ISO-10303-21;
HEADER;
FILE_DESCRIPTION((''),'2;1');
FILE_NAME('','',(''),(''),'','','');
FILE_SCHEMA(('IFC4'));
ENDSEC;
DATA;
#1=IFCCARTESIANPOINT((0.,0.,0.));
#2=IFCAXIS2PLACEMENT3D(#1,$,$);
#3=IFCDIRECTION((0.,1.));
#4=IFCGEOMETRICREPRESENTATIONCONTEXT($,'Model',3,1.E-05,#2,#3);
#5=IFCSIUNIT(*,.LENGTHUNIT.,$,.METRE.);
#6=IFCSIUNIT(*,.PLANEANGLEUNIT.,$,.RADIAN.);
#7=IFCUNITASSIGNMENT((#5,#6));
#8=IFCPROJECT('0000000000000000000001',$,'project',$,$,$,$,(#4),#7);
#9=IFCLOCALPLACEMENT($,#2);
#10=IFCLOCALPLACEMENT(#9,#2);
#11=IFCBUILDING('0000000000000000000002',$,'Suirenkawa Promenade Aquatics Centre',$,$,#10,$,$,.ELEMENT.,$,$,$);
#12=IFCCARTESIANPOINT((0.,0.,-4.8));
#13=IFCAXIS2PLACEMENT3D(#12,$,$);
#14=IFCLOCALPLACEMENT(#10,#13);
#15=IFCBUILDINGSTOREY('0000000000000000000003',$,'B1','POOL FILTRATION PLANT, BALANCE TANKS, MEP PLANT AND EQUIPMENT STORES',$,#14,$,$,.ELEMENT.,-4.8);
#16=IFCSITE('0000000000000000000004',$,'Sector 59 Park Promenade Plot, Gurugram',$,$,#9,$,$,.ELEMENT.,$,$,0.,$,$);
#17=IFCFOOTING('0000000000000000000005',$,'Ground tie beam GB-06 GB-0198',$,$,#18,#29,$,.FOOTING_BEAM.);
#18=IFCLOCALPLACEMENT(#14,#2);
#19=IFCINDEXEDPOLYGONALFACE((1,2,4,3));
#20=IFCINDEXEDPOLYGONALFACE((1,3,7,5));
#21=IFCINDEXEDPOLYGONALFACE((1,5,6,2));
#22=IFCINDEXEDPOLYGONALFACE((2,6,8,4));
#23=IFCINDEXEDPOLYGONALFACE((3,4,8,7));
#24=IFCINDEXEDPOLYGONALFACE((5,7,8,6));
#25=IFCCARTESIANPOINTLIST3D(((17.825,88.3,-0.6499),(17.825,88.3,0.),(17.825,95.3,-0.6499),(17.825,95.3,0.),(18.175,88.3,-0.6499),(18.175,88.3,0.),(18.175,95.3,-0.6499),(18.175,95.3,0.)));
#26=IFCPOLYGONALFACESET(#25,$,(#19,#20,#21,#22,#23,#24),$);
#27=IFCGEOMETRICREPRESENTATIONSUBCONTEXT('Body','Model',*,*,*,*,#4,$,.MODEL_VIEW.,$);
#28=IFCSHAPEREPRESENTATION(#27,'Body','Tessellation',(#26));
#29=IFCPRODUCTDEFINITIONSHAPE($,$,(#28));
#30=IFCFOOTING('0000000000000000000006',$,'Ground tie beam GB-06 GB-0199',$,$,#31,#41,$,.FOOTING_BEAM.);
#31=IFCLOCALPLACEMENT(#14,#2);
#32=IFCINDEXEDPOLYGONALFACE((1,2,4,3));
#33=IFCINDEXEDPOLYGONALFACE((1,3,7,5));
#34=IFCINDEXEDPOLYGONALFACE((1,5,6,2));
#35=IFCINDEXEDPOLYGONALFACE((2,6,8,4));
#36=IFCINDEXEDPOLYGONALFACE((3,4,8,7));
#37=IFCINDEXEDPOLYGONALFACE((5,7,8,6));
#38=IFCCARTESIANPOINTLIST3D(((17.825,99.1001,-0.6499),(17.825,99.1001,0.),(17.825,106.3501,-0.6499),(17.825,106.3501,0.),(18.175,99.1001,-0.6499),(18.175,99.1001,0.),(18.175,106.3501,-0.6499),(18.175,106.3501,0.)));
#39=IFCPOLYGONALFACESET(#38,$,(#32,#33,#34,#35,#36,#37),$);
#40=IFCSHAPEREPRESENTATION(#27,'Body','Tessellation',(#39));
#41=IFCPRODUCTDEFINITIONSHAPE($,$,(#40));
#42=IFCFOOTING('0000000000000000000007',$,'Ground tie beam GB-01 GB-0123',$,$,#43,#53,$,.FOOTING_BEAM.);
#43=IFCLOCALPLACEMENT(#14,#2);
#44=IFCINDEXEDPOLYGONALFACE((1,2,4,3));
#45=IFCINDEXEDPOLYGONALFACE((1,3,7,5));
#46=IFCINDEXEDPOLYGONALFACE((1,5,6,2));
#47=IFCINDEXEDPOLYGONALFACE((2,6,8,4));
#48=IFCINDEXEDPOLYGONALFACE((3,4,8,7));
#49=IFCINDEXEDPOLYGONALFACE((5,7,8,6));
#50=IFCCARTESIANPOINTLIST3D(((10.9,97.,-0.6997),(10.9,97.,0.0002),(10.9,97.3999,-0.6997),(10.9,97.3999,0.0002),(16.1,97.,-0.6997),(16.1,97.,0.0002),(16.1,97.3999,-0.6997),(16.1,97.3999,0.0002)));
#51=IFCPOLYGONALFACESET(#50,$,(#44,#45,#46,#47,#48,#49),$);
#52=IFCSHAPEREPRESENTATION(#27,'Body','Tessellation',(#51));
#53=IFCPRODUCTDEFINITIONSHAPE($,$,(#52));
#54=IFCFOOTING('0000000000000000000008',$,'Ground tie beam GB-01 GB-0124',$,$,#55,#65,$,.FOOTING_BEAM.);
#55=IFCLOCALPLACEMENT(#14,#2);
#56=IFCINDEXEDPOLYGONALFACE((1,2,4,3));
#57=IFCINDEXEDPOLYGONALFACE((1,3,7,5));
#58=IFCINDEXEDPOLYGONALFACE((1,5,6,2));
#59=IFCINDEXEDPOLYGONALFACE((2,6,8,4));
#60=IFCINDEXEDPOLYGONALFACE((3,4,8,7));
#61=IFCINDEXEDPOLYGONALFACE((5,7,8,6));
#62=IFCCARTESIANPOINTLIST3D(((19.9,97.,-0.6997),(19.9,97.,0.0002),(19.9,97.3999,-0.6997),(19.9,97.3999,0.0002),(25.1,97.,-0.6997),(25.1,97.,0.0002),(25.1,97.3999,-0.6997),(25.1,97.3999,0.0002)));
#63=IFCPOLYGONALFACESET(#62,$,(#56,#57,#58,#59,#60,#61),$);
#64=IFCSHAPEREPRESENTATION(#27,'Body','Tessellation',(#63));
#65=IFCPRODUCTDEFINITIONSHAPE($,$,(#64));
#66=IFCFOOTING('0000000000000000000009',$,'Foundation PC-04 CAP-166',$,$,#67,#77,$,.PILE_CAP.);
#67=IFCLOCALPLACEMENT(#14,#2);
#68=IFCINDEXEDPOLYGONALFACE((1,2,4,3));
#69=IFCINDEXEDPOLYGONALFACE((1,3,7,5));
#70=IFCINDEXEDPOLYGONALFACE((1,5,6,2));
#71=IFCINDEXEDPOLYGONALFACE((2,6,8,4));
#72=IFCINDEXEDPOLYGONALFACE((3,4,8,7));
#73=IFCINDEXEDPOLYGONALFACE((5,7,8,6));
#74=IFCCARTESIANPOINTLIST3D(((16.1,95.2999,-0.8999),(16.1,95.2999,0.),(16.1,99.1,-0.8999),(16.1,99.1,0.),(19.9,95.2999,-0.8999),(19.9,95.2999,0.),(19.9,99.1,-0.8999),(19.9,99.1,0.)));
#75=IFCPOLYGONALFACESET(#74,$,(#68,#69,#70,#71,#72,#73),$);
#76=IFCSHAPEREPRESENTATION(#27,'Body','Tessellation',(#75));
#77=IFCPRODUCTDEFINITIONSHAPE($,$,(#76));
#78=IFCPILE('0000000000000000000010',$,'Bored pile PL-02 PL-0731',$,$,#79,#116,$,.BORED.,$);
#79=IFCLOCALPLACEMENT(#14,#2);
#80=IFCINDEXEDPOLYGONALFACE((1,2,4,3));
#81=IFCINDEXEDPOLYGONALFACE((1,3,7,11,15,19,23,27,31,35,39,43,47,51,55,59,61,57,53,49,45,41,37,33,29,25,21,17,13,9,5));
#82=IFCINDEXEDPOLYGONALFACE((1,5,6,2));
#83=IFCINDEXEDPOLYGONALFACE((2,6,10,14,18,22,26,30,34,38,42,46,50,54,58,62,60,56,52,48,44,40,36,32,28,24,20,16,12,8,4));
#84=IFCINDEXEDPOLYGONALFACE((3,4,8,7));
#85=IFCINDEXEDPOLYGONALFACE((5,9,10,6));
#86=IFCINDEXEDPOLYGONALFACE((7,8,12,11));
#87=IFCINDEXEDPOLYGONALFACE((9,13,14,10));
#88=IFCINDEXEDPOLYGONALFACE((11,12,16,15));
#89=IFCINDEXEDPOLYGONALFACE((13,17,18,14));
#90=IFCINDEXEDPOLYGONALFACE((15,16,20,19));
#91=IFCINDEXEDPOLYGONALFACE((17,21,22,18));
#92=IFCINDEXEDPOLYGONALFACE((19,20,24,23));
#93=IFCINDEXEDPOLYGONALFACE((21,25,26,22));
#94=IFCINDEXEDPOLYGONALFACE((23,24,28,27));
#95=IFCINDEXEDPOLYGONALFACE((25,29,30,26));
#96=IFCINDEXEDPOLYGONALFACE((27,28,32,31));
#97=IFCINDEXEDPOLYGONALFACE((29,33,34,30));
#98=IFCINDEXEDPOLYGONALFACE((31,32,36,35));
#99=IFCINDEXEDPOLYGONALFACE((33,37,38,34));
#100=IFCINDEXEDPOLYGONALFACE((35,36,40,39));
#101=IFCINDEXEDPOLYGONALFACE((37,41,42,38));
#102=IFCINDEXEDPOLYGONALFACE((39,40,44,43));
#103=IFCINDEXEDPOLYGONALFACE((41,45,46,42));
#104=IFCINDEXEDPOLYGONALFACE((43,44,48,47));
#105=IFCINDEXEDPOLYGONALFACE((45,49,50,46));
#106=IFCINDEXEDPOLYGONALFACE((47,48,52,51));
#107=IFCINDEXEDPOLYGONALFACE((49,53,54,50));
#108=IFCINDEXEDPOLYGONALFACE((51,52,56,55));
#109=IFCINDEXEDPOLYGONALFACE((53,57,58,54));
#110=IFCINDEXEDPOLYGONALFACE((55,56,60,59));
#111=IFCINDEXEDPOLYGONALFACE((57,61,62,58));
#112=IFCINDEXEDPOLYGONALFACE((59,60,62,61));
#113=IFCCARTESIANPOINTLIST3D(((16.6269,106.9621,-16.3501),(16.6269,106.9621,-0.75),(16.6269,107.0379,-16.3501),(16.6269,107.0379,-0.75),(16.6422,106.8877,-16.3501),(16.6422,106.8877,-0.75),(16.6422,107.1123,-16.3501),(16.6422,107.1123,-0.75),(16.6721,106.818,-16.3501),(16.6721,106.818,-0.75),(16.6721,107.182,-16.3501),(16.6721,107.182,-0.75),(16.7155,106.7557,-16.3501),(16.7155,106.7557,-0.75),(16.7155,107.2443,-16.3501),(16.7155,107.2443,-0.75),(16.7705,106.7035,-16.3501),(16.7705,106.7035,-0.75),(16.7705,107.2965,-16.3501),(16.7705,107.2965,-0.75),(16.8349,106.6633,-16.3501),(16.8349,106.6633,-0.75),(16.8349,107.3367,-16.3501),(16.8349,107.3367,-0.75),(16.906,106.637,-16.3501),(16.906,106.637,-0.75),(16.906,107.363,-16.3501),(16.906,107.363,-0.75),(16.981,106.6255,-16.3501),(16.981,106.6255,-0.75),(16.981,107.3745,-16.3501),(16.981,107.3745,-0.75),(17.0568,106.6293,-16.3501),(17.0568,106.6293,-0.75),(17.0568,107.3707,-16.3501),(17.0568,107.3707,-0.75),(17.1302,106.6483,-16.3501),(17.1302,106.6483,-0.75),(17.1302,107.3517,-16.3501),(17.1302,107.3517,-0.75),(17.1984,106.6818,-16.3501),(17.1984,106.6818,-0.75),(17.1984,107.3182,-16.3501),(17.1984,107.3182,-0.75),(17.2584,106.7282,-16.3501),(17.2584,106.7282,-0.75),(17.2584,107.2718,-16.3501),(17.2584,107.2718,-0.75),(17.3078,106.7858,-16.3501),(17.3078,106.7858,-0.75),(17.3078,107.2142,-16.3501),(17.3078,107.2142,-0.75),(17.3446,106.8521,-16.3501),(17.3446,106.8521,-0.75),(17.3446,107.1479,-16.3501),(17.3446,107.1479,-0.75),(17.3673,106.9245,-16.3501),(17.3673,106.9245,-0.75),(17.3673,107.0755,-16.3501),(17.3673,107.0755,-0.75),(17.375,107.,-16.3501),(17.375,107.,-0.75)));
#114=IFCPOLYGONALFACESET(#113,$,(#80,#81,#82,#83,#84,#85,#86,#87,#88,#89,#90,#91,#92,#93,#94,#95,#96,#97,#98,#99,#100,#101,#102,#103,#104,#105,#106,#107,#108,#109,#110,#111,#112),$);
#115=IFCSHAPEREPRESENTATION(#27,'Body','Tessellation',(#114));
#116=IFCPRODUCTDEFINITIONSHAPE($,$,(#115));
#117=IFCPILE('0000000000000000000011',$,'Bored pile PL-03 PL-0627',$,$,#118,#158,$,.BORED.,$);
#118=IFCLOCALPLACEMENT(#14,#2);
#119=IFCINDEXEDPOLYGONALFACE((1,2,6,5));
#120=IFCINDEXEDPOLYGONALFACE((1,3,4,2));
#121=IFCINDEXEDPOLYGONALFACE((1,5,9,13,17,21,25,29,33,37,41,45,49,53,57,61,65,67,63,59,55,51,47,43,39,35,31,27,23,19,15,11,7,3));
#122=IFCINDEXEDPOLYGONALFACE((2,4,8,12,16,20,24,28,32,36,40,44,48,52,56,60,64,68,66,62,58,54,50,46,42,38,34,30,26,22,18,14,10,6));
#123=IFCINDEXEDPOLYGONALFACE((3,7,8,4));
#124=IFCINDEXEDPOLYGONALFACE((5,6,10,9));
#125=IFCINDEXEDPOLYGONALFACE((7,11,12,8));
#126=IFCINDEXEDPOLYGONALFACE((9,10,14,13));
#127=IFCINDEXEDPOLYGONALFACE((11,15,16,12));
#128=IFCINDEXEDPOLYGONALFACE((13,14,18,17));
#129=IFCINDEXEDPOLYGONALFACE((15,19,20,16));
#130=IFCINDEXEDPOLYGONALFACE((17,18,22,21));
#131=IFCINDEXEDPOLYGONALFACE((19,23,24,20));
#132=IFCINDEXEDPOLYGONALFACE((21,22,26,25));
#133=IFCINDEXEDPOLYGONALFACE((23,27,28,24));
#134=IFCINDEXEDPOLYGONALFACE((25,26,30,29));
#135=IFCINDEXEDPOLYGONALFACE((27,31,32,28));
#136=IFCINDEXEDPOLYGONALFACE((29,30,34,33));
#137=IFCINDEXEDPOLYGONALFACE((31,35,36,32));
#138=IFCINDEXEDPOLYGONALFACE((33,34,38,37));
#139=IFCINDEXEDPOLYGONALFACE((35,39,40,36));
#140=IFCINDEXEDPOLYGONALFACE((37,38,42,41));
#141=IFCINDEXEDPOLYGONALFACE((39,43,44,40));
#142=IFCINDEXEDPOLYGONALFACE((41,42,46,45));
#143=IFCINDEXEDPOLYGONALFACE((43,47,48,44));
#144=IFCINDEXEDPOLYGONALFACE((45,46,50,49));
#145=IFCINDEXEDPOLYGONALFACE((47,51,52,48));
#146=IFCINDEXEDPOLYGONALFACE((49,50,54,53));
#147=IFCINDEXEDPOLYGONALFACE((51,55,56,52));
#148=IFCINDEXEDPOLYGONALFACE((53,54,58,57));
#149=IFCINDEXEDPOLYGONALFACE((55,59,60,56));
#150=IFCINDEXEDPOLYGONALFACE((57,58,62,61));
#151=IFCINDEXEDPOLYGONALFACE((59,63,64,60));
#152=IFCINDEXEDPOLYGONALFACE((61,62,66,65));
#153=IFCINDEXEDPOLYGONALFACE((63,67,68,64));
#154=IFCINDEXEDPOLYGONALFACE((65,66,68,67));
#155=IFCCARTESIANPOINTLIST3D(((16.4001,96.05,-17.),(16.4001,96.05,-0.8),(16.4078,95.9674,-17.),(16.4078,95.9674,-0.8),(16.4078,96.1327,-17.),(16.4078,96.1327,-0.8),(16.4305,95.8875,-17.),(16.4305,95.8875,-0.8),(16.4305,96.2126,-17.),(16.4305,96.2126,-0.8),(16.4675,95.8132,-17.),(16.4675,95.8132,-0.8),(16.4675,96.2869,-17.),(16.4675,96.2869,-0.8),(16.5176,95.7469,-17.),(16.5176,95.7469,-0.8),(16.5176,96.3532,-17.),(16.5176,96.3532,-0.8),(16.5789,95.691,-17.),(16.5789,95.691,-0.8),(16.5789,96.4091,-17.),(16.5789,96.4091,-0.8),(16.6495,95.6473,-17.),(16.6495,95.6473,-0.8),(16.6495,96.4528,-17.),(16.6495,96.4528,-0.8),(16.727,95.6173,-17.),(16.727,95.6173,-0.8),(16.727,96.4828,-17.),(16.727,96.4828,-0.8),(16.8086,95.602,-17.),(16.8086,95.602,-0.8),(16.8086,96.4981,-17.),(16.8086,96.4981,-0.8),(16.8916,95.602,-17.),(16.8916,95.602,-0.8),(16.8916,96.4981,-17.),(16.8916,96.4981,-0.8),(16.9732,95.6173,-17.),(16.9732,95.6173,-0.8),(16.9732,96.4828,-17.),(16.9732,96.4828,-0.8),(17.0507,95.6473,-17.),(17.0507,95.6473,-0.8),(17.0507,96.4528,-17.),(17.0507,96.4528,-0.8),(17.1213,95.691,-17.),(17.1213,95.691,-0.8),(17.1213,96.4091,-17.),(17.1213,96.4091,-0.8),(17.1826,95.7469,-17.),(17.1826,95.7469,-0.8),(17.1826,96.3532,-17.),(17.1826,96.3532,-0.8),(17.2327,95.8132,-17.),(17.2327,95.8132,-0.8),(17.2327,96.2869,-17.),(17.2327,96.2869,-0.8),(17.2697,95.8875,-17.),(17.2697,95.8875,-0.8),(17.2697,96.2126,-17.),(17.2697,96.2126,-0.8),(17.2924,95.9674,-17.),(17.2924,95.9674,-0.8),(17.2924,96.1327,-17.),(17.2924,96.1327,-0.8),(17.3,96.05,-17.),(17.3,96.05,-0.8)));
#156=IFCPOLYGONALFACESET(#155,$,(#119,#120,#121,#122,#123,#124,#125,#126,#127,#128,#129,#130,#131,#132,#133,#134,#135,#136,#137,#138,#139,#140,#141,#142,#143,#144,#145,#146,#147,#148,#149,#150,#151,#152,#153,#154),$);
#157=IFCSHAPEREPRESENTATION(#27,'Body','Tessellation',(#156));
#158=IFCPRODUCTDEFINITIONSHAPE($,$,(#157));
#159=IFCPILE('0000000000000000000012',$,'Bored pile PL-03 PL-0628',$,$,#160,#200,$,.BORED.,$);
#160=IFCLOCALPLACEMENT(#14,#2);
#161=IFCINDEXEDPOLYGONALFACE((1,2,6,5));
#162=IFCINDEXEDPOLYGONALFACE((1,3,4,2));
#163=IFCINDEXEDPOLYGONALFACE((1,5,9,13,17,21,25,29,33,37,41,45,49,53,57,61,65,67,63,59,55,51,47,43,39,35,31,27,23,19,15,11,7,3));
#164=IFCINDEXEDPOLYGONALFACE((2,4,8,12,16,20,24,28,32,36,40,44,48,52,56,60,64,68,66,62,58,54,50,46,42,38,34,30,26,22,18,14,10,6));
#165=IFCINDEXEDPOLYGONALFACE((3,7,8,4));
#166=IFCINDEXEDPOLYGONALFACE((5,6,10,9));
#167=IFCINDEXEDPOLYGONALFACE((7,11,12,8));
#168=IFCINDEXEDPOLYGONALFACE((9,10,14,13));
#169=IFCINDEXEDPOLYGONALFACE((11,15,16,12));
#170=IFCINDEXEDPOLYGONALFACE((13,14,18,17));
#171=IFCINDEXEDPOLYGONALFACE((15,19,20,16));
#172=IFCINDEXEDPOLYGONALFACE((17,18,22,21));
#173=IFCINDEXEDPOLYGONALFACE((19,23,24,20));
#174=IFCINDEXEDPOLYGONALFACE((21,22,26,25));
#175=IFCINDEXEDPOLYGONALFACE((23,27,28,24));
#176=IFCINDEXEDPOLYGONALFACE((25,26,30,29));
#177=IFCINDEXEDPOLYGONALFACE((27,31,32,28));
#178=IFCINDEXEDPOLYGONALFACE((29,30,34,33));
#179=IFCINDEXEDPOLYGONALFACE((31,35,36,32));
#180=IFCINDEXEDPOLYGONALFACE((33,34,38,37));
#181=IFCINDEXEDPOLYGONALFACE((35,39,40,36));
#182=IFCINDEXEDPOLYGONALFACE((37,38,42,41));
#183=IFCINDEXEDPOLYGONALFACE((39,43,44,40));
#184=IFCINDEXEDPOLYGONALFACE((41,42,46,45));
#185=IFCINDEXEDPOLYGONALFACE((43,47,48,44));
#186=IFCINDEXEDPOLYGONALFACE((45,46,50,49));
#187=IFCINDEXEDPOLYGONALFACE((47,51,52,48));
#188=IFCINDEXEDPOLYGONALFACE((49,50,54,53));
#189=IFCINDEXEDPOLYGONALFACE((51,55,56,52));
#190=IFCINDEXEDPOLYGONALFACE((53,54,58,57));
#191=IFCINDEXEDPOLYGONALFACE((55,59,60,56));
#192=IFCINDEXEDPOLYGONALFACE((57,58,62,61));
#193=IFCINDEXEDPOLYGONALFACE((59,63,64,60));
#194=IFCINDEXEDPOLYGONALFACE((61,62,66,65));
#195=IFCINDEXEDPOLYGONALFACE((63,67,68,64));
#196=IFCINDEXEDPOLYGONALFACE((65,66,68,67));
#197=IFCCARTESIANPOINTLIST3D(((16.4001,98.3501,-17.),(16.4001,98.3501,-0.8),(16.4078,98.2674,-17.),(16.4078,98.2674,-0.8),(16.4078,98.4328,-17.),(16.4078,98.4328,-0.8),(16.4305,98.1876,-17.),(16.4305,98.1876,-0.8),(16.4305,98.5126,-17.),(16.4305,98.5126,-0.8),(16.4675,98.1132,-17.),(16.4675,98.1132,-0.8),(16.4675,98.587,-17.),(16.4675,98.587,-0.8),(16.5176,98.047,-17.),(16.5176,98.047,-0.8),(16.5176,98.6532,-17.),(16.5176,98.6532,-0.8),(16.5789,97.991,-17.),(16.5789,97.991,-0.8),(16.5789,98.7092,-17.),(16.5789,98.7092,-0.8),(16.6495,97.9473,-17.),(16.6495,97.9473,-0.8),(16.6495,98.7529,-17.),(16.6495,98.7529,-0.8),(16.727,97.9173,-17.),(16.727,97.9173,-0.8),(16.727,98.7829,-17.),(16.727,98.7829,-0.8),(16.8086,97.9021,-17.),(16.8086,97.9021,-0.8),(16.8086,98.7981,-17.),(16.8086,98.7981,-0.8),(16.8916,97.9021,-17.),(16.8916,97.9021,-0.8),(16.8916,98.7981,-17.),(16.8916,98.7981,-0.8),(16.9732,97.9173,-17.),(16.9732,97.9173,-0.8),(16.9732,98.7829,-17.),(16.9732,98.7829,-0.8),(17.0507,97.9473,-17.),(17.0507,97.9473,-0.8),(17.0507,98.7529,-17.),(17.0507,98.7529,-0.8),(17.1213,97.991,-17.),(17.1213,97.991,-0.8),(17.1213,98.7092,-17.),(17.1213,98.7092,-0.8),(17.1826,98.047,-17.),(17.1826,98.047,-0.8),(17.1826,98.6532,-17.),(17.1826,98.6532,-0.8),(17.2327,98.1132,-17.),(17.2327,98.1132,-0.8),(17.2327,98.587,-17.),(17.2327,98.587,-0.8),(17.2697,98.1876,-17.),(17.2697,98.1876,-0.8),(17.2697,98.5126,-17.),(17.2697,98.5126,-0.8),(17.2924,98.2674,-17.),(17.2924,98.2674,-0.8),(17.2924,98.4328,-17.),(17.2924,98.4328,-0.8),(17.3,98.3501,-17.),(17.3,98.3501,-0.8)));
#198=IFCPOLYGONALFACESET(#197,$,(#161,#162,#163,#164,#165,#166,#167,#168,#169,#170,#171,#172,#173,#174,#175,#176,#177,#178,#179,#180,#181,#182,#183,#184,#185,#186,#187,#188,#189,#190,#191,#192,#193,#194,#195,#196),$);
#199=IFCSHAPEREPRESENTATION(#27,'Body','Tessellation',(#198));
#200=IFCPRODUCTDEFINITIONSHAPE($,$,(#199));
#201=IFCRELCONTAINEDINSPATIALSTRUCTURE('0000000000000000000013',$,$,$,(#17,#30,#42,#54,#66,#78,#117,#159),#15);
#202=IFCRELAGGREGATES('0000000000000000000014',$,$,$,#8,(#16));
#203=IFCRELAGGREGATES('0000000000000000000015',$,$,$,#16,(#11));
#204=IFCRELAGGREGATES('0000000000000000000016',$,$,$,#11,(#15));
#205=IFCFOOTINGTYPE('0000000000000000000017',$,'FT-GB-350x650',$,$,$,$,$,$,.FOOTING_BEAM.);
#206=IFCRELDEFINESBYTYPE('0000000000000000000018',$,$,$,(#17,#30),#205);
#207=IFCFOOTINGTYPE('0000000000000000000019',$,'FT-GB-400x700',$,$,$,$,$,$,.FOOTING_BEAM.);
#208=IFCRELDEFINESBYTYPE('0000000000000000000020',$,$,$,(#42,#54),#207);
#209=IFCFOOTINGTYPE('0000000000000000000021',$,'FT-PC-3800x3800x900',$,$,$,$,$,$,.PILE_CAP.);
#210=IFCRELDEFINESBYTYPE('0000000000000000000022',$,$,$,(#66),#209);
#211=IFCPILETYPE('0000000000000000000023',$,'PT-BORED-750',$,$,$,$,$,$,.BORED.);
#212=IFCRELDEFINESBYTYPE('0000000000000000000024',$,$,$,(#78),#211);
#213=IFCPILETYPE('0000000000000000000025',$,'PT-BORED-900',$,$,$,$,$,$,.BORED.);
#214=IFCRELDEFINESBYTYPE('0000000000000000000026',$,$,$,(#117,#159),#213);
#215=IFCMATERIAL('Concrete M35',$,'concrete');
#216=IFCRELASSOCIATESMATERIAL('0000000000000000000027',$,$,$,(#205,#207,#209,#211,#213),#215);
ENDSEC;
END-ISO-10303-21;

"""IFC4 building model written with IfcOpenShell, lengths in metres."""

from ifc_helpers import new_model, si_unit, direction, frame, origin, origin_2d, place, context, subcontext, project, spatial, rectangle, circle, extrude, material, material_profile, profile_set, type_object, element, save


model = new_model("IFC4")

# Units and contexts
model_context = context("Model", 3, precision=1e-05, world=origin(), true_north=direction((0.0, 1.0)))
body_context = subcontext(model_context, "Body", "Model", "MODEL_VIEW")
ifc_project = project(units=[si_unit("LENGTHUNIT", "METRE"), si_unit("PLANEANGLEUNIT", "RADIAN")], contexts=[model_context])

# Site, building, storey
site_placement = place(None, origin())
site = spatial("IfcSite", under=ifc_project, at=site_placement, Name="Sector 59 Park Promenade Plot, Gurugram", CompositionType="ELEMENT", RefElevation=0.0)
building_placement = place(site_placement, origin())
building = spatial("IfcBuilding", under=site, at=building_placement, Name="Suirenkawa Promenade Aquatics Centre", CompositionType="ELEMENT")
storey_placement = place(building_placement, frame((0.0, 0.0, -4.8)))
storey = spatial("IfcBuildingStorey", under=building, at=storey_placement, Name="B1", Description="POOL FILTRATION PLANT, BALANCE TANKS, MEP PLANT AND EQUIPMENT STORES", CompositionType="ELEMENT", Elevation=-4.8)

# Footings
ifc_material_1 = material(Name="Concrete M35", Category="concrete")
footing_type_1 = type_object("IfcFootingType", Name="FT-GB-350x650", PredefinedType="FOOTING_BEAM", material=ifc_material_1)
footing_1_placement = place(storey_placement, frame((18.0, 91.8, -0.6499), z_axis=(0.0, 0.0, 1.0), x_axis=(0.0, 1.0, 0.0)))
element("IfcFooting", 1, at=footing_1_placement, inside=storey, type_object=footing_type_1, Name="Ground tie beam GB-06 GB-0198", PredefinedType="FOOTING_BEAM", context=body_context, shape_type="SweptSolid", body=[
    extrude(rectangle(XDim=7.0, YDim=0.3501, at=origin_2d()), origin(), (0.0, 0.0, 1.0), 0.6499),
])
footing_2_placement = place(storey_placement, frame((18.0, 102.7251, -0.6499), z_axis=(0.0, 0.0, 1.0), x_axis=(0.0, 1.0, 0.0)))
element("IfcFooting", 2, at=footing_2_placement, inside=storey, type_object=footing_type_1, Name="Ground tie beam GB-06 GB-0199", PredefinedType="FOOTING_BEAM", context=body_context, shape_type="SweptSolid", body=[
    extrude(rectangle(XDim=7.25, YDim=0.3501, at=origin_2d()), origin(), (0.0, 0.0, 1.0), 0.6499),
])
footing_type_2 = type_object("IfcFootingType", Name="FT-GB-400x700", PredefinedType="FOOTING_BEAM", material=ifc_material_1)
for number, where, z_axis, x_axis, name in (
    (3, (13.5, 97.2, -0.6997), (0.0, 0.0, 1.0), (1.0, 0.0, 0.0), "Ground tie beam GB-01 GB-0123"),
    (4, (22.5, 97.2, -0.6997), (0.0, 0.0, 1.0), (1.0, 0.0, 0.0), "Ground tie beam GB-01 GB-0124"),
):
    element("IfcFooting", number, at=place(storey_placement, frame(where, z_axis=z_axis, x_axis=x_axis)), inside=storey, type_object=footing_type_2, Name=name, PredefinedType="FOOTING_BEAM", context=body_context, shape_type="SweptSolid", body=[
        extrude(rectangle(XDim=5.2, YDim=0.3999, at=origin_2d()), origin(), (0.0, 0.0, 1.0), 0.7),
    ])
footing_type_3 = type_object("IfcFootingType", Name="FT-PC-3800x3800x900", PredefinedType="PILE_CAP", material=ifc_material_1)
footing_3_placement = place(storey_placement, frame((18.0, 97.2, -0.8999), z_axis=(0.0, 0.0, 1.0), x_axis=(1.0, 0.0, 0.0)))
element("IfcFooting", 5, at=footing_3_placement, inside=storey, type_object=footing_type_3, Name="Foundation PC-04 CAP-166", PredefinedType="PILE_CAP", context=body_context, shape_type="SweptSolid", body=[
    extrude(rectangle(XDim=3.8, YDim=3.8, at=origin_2d()), origin(), (0.0, 0.0, 1.0), 0.8999),
])

# Piles
ifc_material_profile_1 = material_profile(ifc_material_1, circle(Radius=0.375, at=origin_2d()), Name="PILE D750", Category="concrete")
ifc_profile_set_1 = profile_set([ifc_material_profile_1], Name="Concrete M35")
pile_type_1 = type_object("IfcPileType", Name="PT-BORED-750", PredefinedType="BORED", material=ifc_profile_set_1)
pile_placement = place(storey_placement, frame((17.0, 107.0, -0.75), z_axis=(0.0, 0.0, -1.0), x_axis=(1.0, 0.0, 0.0)))
element("IfcPile", 6, at=pile_placement, inside=storey, type_object=pile_type_1, Name="Bored pile PL-02 PL-0731", PredefinedType="BORED", context=body_context, shape_type="SweptSolid", body=[
    extrude(circle(Radius=0.375, at=origin_2d()), origin(), (0.0, 0.0, 1.0), 15.6001),
])
ifc_material_profile_2 = material_profile(ifc_material_1, circle(Radius=0.45, at=origin_2d()), Name="PILE D900", Category="concrete")
ifc_profile_set_2 = profile_set([ifc_material_profile_2], Name="Concrete M35")
pile_type_2 = type_object("IfcPileType", Name="PT-BORED-900", PredefinedType="BORED", material=ifc_profile_set_2)
for number, where, z_axis, x_axis, name in (
    (7, (16.8501, 96.05, -0.8), (0.0, 0.0, -1.0), (1.0, 0.0, 0.0), "Bored pile PL-03 PL-0627"),
    (8, (16.8501, 98.3501, -0.8), (0.0, 0.0, -1.0), (1.0, 0.0, 0.0), "Bored pile PL-03 PL-0628"),
):
    element("IfcPile", number, at=place(storey_placement, frame(where, z_axis=z_axis, x_axis=x_axis)), inside=storey, type_object=pile_type_2, Name=name, PredefinedType="BORED", context=body_context, shape_type="SweptSolid", body=[
        extrude(circle(Radius=0.45, at=origin_2d()), origin(), (0.0, 0.0, 1.0), 16.2),
    ])

save(model, "model.ifc")
